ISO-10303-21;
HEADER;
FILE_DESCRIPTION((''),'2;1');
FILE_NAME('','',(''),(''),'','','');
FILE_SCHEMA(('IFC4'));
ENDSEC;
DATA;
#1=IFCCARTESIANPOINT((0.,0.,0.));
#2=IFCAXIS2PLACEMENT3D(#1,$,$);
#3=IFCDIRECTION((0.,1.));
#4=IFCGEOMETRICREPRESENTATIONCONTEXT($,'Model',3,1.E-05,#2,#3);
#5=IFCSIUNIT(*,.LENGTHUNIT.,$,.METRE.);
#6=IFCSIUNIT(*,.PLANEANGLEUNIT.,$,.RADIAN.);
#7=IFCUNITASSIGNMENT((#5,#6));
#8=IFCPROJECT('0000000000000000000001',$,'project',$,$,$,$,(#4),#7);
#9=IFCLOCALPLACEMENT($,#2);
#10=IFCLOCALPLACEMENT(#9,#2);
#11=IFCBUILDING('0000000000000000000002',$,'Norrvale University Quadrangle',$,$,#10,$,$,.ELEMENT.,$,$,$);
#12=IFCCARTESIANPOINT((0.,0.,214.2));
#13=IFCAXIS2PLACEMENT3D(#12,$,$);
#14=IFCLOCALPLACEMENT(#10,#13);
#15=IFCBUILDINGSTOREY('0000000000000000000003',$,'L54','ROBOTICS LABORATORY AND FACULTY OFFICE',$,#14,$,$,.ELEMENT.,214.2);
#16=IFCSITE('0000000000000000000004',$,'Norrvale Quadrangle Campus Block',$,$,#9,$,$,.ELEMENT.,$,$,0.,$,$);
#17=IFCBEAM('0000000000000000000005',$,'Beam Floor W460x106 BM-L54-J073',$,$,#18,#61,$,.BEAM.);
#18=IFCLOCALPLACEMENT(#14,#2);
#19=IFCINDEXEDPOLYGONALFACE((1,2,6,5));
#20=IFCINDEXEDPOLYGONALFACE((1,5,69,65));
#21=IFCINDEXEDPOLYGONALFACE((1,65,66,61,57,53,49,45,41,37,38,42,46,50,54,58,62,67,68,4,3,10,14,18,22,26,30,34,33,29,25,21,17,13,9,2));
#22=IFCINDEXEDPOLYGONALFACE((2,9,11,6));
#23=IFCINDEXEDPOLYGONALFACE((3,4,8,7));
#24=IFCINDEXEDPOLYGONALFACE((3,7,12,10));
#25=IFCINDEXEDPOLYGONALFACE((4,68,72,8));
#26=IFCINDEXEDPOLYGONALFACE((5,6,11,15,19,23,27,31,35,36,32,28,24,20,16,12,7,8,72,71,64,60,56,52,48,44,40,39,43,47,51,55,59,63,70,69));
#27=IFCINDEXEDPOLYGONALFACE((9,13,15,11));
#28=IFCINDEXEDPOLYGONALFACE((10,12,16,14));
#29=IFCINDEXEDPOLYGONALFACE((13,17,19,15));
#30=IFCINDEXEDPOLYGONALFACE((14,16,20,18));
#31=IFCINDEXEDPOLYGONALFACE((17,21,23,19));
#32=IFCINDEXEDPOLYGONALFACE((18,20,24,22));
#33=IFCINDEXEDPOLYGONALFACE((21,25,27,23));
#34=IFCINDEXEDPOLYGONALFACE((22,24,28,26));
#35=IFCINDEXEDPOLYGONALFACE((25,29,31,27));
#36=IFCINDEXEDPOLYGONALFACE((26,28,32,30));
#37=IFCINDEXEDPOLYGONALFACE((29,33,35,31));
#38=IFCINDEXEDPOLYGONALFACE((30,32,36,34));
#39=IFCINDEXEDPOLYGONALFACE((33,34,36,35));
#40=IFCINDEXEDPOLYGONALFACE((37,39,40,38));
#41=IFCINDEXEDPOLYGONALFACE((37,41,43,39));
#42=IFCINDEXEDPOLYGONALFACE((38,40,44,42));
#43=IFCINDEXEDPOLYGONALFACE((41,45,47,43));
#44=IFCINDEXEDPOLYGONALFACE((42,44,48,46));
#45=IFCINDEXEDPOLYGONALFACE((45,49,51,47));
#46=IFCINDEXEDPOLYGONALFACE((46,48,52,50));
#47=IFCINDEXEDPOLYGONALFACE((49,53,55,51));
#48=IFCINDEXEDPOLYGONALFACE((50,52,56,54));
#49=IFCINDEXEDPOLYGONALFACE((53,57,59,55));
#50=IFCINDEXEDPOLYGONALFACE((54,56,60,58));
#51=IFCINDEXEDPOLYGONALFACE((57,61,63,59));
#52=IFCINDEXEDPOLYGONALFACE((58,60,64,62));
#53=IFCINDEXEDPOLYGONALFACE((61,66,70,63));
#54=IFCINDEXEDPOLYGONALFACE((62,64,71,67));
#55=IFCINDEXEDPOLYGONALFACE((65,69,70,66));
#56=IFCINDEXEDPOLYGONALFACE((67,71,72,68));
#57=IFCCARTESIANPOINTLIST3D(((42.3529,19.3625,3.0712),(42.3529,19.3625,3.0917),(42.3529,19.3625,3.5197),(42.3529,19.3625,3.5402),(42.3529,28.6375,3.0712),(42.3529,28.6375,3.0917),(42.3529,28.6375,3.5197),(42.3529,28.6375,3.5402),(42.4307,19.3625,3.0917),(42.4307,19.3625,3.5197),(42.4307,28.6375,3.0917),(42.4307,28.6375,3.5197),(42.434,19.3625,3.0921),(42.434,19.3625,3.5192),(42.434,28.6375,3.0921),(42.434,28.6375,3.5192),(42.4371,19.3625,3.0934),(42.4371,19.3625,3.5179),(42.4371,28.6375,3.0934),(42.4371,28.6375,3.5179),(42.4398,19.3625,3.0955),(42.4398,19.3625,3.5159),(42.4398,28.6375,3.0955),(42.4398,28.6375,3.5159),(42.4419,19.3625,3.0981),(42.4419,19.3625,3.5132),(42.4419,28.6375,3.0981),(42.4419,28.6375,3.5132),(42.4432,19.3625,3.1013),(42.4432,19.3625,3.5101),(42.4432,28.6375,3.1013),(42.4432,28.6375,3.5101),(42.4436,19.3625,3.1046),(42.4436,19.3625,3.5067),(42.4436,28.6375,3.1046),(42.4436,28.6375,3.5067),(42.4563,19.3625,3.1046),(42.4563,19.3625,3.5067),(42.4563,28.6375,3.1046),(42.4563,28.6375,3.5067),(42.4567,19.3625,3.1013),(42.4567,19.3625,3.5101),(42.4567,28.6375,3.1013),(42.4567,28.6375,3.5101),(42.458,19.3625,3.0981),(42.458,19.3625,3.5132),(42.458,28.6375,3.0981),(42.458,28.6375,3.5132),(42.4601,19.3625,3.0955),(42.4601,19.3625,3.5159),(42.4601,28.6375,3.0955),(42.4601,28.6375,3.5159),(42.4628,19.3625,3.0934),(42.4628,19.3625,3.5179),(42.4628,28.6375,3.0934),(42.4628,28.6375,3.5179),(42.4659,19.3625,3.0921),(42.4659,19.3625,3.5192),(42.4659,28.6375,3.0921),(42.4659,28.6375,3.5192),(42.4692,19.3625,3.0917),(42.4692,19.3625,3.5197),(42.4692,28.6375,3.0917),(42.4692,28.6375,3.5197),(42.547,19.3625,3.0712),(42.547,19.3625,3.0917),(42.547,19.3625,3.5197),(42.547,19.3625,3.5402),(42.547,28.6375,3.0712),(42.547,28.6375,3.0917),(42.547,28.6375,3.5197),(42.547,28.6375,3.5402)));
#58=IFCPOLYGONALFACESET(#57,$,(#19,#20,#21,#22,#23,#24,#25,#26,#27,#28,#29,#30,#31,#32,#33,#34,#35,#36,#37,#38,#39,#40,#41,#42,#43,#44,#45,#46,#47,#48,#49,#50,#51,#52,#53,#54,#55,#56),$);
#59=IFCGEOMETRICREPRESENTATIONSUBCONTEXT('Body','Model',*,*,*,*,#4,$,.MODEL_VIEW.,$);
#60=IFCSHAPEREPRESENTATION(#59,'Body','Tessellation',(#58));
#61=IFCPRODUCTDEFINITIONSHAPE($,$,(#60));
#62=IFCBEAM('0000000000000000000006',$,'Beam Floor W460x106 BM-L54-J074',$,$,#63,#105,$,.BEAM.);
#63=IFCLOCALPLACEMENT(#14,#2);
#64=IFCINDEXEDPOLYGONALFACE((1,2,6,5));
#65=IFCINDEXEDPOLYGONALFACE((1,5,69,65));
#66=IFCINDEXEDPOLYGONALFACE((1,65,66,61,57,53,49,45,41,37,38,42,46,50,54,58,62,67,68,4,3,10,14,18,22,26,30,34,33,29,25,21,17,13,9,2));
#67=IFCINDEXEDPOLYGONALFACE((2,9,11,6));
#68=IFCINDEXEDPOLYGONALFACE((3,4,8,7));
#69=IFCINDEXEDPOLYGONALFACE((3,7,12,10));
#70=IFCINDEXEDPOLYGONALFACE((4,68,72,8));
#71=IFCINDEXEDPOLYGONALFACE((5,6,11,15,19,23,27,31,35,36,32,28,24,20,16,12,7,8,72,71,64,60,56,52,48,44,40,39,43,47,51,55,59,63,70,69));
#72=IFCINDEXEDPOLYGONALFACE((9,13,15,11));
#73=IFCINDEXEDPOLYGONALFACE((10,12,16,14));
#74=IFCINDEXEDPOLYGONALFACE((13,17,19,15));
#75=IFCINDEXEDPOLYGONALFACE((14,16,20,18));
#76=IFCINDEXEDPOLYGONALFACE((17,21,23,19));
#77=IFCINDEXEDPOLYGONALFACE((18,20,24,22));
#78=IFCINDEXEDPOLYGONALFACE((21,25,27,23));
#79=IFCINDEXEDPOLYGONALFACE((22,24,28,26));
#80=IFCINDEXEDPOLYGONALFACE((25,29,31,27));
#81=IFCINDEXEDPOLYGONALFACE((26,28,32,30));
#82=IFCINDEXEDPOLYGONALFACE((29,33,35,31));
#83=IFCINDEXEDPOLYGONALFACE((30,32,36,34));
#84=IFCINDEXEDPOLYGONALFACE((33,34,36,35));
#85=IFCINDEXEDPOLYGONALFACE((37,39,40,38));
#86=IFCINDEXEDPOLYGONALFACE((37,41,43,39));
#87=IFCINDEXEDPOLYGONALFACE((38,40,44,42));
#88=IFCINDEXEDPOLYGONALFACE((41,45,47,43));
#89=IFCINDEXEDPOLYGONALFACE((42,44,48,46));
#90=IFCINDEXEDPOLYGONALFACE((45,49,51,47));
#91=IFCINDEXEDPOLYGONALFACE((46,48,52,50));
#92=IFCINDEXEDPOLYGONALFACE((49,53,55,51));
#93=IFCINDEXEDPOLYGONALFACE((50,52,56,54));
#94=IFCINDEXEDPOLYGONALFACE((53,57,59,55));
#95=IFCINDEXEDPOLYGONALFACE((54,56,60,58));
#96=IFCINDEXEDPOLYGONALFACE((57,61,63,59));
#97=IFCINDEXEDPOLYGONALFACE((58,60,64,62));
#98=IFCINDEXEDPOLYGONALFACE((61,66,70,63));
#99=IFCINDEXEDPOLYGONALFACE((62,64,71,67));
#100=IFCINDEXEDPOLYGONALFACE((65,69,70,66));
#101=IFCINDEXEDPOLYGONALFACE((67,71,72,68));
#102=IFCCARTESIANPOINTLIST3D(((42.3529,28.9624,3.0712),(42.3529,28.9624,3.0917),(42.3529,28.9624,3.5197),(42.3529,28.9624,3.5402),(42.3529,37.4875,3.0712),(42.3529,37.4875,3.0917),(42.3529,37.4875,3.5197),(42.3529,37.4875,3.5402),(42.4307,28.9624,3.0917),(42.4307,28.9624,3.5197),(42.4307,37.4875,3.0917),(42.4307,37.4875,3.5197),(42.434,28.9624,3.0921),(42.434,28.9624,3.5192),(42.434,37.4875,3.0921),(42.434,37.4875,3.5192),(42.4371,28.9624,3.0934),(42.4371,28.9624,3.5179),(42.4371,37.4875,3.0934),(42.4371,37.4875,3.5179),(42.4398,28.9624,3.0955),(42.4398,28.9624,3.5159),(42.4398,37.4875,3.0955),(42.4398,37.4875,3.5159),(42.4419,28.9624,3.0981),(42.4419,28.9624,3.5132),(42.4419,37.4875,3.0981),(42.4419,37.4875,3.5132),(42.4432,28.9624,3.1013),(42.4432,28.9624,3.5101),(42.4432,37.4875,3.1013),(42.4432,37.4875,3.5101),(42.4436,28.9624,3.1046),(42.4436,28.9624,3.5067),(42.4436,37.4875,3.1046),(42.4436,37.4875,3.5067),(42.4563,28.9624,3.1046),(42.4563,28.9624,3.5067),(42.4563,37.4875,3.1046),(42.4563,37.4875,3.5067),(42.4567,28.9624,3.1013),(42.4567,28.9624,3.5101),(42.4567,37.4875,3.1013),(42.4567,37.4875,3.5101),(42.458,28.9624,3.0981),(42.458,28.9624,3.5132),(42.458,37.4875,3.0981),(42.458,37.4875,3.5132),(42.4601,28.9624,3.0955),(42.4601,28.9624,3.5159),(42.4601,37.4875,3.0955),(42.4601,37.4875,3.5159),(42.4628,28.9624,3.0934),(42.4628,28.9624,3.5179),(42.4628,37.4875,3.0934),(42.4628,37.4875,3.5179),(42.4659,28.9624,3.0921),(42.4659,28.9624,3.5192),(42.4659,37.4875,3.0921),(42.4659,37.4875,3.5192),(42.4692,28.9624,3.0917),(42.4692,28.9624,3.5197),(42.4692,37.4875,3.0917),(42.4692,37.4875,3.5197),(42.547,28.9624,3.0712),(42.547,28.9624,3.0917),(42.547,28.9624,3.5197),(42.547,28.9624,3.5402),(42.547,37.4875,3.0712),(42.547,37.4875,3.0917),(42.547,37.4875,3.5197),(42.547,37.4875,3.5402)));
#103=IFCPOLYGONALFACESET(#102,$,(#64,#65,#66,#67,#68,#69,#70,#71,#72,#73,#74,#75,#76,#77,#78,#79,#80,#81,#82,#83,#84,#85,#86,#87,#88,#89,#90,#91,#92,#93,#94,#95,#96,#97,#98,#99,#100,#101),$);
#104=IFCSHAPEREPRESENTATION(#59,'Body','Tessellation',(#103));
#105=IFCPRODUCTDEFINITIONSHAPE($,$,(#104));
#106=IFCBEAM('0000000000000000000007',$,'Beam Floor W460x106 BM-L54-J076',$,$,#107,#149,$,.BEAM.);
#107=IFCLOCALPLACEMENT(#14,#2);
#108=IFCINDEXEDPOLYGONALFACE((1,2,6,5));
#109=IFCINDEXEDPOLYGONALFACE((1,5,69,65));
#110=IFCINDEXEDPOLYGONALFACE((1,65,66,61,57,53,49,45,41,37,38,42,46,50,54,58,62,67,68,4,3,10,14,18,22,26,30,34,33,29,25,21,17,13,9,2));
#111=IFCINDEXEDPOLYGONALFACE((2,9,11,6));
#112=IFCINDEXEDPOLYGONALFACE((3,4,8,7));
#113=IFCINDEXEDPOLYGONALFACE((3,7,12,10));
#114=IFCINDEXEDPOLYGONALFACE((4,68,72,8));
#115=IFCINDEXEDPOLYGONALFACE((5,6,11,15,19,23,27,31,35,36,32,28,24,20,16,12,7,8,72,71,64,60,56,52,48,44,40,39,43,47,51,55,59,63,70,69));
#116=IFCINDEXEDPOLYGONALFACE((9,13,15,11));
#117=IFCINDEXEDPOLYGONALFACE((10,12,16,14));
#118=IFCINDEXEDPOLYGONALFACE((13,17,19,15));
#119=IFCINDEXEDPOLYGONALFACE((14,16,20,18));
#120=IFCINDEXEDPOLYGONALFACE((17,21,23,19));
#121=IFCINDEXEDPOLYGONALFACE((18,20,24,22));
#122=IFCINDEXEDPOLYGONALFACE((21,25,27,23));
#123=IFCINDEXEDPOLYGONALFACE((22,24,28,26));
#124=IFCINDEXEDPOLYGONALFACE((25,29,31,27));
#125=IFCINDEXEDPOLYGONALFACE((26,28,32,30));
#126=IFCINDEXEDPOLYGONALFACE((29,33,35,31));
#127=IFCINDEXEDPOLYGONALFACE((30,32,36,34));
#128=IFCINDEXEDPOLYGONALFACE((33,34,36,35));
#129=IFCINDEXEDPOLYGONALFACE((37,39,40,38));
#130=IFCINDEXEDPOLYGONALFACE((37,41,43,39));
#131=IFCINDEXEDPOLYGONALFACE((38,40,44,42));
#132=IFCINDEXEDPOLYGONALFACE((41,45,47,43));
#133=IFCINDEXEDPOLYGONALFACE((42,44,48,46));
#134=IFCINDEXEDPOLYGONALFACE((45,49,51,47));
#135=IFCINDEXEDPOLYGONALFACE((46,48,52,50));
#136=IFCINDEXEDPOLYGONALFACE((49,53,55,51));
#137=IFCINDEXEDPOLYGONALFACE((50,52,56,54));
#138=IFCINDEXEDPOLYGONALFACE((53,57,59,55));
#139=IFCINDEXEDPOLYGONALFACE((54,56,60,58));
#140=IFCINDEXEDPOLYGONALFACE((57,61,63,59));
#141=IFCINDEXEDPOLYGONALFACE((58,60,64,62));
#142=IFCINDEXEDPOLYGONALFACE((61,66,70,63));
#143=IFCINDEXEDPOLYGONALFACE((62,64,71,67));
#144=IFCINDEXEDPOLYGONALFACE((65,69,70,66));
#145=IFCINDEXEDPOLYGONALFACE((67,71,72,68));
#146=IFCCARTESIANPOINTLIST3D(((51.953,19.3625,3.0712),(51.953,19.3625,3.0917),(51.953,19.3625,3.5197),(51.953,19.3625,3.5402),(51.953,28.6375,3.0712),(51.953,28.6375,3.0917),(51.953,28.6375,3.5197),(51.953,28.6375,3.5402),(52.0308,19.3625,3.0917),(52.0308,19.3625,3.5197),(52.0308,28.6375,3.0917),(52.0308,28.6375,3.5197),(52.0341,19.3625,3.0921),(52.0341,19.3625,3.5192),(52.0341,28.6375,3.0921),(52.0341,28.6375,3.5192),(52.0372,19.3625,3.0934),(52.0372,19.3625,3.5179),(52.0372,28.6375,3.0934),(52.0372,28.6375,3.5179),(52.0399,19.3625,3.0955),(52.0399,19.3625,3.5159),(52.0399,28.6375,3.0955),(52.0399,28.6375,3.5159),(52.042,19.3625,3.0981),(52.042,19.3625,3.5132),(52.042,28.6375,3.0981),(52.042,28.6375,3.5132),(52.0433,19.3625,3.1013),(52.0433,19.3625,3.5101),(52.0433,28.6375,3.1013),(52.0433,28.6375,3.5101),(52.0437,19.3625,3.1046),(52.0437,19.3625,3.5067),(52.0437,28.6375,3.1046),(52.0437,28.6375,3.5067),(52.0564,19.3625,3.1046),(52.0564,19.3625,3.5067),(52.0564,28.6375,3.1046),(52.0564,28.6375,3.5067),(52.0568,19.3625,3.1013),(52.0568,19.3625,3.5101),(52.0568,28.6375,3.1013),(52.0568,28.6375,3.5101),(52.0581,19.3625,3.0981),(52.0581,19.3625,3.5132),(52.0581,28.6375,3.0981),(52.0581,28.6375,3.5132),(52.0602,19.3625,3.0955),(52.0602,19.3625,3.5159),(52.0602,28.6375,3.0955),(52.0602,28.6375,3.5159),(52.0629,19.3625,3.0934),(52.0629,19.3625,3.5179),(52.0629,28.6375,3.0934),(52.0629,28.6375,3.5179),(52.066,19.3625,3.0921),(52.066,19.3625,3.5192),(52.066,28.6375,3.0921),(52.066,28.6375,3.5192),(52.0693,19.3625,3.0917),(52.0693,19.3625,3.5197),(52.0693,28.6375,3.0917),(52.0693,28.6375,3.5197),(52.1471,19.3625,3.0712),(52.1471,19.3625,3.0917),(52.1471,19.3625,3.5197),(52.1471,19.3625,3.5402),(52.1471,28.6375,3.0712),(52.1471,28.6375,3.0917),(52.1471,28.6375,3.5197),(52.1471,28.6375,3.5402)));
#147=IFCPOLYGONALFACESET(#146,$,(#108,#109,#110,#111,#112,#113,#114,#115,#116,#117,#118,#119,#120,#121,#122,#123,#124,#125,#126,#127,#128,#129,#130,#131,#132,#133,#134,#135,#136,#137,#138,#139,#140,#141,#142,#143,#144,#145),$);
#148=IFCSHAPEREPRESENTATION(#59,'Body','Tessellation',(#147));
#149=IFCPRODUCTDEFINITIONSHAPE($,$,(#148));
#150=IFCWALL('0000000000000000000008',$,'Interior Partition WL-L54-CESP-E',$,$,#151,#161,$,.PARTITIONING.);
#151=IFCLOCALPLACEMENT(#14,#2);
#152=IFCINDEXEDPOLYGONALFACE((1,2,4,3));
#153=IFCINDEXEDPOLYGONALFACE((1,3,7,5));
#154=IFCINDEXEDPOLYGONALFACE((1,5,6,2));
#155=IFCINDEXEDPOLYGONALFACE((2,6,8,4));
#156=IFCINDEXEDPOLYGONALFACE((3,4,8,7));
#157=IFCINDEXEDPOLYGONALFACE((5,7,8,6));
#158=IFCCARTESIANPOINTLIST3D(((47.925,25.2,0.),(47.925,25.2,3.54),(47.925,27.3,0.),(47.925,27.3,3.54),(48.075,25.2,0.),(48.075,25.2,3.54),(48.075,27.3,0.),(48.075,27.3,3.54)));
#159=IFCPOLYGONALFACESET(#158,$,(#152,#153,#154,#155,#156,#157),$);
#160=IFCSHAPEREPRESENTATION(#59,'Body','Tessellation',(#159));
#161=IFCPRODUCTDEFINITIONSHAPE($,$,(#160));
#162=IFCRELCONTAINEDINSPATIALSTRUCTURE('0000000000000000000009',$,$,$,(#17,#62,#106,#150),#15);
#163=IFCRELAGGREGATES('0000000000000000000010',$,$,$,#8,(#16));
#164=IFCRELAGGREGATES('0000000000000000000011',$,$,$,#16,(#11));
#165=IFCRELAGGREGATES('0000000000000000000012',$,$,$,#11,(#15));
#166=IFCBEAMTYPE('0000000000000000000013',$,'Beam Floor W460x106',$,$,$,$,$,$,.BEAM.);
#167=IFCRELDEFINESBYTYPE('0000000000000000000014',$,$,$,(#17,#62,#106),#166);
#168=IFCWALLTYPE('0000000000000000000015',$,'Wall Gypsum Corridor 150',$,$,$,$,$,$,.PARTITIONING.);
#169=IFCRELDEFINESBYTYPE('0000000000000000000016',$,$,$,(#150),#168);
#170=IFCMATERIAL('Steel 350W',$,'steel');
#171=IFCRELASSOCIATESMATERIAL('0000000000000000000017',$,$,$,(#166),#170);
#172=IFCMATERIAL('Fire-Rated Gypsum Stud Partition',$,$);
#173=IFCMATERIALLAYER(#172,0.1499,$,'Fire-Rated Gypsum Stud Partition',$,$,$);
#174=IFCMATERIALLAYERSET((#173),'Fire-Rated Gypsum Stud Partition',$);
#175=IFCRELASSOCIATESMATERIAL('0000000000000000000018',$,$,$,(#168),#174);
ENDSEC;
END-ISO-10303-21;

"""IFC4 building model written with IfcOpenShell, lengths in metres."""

from ifc_helpers import new_model, si_unit, direction, frame, frame_2d, origin, origin_2d, place, context, subcontext, project, spatial, rectangle, i_section, extrude, material, layer, layer_set, material_profile, profile_set, type_object, element, save


model = new_model("IFC4")

# Units and contexts
model_context = context("Model", 3, precision=1e-05, world=origin(), true_north=direction((0.0, 1.0)))
body_context = subcontext(model_context, "Body", "Model", "MODEL_VIEW")
ifc_project = project(units=[si_unit("LENGTHUNIT", "METRE"), si_unit("PLANEANGLEUNIT", "RADIAN")], contexts=[model_context])

# Site, building, storey
site_placement = place(None, origin())
site = spatial("IfcSite", under=ifc_project, at=site_placement, Name="Norrvale Quadrangle Campus Block", CompositionType="ELEMENT", RefElevation=0.0)
building_placement = place(site_placement, origin())
building = spatial("IfcBuilding", under=site, at=building_placement, Name="Norrvale University Quadrangle", CompositionType="ELEMENT")
storey_placement = place(building_placement, frame((0.0, 0.0, 214.2)))
storey = spatial("IfcBuildingStorey", under=building, at=storey_placement, Name="L54", Description="ROBOTICS LABORATORY AND FACULTY OFFICE", CompositionType="ELEMENT", Elevation=214.2)

# Beams
ifc_material_1 = material(Name="Steel 350W", Category="steel")
ifc_material_profile_1 = material_profile(ifc_material_1, i_section(OverallWidth=0.1941, OverallDepth=0.469, WebThickness=0.0127, FlangeThickness=0.0205, FilletRadius=0.0129, at=origin_2d()), Name="Steel 350W")
ifc_profile_set_1 = profile_set([ifc_material_profile_1], Name="Steel 350W")
beam_type_1 = type_object("IfcBeamType", Name="Beam Floor W460x106", PredefinedType="BEAM", material=ifc_profile_set_1)
beam_1_placement = place(storey_placement, frame((42.45, 19.3625, 3.3057), z_axis=(0.0, 1.0, 0.0), x_axis=(-1.0, 0.0, 0.0)))
element("IfcBeam", 1, at=beam_1_placement, inside=storey, type_object=beam_type_1, Name="Beam Floor W460x106 BM-L54-J073", PredefinedType="BEAM", context=body_context, shape_type="SweptSolid", body=[
    extrude(i_section(OverallWidth=0.1941, OverallDepth=0.469, WebThickness=0.0127, FlangeThickness=0.0205, FilletRadius=0.0129, at=origin_2d()), origin(), (0.0, 0.0, 1.0), 9.2749),
])
beam_2_placement = place(storey_placement, frame((42.45, 28.9624, 3.3057), z_axis=(0.0, 1.0, 0.0), x_axis=(-1.0, 0.0, 0.0)))
element("IfcBeam", 2, at=beam_2_placement, inside=storey, type_object=beam_type_1, Name="Beam Floor W460x106 BM-L54-J074", PredefinedType="BEAM", context=body_context, shape_type="SweptSolid", body=[
    extrude(i_section(OverallWidth=0.1941, OverallDepth=0.469, WebThickness=0.0127, FlangeThickness=0.0205, FilletRadius=0.0129, at=origin_2d()), origin(), (0.0, 0.0, 1.0), 8.5251),
])
beam_3_placement = place(storey_placement, frame((52.05, 19.3625, 3.3057), z_axis=(0.0, 1.0, 0.0), x_axis=(-1.0, 0.0, 0.0)))
element("IfcBeam", 3, at=beam_3_placement, inside=storey, type_object=beam_type_1, Name="Beam Floor W460x106 BM-L54-J076", PredefinedType="BEAM", context=body_context, shape_type="SweptSolid", body=[
    extrude(i_section(OverallWidth=0.1941, OverallDepth=0.469, WebThickness=0.0127, FlangeThickness=0.0205, FilletRadius=0.0129, at=origin_2d()), origin(), (0.0, 0.0, 1.0), 9.2749),
])

# Wall
ifc_material_2 = material(Name="Fire-Rated Gypsum Stud Partition")
ifc_layer_1 = layer(ifc_material_2, 0.1499, Name="Fire-Rated Gypsum Stud Partition")
ifc_layer_set_1 = layer_set([ifc_layer_1], Name="Fire-Rated Gypsum Stud Partition")
wall_type_1 = type_object("IfcWallType", Name="Wall Gypsum Corridor 150", PredefinedType="PARTITIONING", material=ifc_layer_set_1)
wall_1_placement = place(storey_placement, frame((48.0, 25.2, 0.0), z_axis=(0.0, 0.0, 1.0), x_axis=(0.0, 1.0, 0.0)))
element("IfcWall", 4, at=wall_1_placement, inside=storey, type_object=wall_type_1, Name="Interior Partition WL-L54-CESP-E", PredefinedType="PARTITIONING", context=body_context, shape_type="SweptSolid", body=[
    extrude(rectangle(XDim=2.1001, YDim=0.1499, at=frame_2d((1.05, 0.0))), origin(), (0.0, 0.0, 1.0), 3.54),
])

save(model, "model.ifc")
